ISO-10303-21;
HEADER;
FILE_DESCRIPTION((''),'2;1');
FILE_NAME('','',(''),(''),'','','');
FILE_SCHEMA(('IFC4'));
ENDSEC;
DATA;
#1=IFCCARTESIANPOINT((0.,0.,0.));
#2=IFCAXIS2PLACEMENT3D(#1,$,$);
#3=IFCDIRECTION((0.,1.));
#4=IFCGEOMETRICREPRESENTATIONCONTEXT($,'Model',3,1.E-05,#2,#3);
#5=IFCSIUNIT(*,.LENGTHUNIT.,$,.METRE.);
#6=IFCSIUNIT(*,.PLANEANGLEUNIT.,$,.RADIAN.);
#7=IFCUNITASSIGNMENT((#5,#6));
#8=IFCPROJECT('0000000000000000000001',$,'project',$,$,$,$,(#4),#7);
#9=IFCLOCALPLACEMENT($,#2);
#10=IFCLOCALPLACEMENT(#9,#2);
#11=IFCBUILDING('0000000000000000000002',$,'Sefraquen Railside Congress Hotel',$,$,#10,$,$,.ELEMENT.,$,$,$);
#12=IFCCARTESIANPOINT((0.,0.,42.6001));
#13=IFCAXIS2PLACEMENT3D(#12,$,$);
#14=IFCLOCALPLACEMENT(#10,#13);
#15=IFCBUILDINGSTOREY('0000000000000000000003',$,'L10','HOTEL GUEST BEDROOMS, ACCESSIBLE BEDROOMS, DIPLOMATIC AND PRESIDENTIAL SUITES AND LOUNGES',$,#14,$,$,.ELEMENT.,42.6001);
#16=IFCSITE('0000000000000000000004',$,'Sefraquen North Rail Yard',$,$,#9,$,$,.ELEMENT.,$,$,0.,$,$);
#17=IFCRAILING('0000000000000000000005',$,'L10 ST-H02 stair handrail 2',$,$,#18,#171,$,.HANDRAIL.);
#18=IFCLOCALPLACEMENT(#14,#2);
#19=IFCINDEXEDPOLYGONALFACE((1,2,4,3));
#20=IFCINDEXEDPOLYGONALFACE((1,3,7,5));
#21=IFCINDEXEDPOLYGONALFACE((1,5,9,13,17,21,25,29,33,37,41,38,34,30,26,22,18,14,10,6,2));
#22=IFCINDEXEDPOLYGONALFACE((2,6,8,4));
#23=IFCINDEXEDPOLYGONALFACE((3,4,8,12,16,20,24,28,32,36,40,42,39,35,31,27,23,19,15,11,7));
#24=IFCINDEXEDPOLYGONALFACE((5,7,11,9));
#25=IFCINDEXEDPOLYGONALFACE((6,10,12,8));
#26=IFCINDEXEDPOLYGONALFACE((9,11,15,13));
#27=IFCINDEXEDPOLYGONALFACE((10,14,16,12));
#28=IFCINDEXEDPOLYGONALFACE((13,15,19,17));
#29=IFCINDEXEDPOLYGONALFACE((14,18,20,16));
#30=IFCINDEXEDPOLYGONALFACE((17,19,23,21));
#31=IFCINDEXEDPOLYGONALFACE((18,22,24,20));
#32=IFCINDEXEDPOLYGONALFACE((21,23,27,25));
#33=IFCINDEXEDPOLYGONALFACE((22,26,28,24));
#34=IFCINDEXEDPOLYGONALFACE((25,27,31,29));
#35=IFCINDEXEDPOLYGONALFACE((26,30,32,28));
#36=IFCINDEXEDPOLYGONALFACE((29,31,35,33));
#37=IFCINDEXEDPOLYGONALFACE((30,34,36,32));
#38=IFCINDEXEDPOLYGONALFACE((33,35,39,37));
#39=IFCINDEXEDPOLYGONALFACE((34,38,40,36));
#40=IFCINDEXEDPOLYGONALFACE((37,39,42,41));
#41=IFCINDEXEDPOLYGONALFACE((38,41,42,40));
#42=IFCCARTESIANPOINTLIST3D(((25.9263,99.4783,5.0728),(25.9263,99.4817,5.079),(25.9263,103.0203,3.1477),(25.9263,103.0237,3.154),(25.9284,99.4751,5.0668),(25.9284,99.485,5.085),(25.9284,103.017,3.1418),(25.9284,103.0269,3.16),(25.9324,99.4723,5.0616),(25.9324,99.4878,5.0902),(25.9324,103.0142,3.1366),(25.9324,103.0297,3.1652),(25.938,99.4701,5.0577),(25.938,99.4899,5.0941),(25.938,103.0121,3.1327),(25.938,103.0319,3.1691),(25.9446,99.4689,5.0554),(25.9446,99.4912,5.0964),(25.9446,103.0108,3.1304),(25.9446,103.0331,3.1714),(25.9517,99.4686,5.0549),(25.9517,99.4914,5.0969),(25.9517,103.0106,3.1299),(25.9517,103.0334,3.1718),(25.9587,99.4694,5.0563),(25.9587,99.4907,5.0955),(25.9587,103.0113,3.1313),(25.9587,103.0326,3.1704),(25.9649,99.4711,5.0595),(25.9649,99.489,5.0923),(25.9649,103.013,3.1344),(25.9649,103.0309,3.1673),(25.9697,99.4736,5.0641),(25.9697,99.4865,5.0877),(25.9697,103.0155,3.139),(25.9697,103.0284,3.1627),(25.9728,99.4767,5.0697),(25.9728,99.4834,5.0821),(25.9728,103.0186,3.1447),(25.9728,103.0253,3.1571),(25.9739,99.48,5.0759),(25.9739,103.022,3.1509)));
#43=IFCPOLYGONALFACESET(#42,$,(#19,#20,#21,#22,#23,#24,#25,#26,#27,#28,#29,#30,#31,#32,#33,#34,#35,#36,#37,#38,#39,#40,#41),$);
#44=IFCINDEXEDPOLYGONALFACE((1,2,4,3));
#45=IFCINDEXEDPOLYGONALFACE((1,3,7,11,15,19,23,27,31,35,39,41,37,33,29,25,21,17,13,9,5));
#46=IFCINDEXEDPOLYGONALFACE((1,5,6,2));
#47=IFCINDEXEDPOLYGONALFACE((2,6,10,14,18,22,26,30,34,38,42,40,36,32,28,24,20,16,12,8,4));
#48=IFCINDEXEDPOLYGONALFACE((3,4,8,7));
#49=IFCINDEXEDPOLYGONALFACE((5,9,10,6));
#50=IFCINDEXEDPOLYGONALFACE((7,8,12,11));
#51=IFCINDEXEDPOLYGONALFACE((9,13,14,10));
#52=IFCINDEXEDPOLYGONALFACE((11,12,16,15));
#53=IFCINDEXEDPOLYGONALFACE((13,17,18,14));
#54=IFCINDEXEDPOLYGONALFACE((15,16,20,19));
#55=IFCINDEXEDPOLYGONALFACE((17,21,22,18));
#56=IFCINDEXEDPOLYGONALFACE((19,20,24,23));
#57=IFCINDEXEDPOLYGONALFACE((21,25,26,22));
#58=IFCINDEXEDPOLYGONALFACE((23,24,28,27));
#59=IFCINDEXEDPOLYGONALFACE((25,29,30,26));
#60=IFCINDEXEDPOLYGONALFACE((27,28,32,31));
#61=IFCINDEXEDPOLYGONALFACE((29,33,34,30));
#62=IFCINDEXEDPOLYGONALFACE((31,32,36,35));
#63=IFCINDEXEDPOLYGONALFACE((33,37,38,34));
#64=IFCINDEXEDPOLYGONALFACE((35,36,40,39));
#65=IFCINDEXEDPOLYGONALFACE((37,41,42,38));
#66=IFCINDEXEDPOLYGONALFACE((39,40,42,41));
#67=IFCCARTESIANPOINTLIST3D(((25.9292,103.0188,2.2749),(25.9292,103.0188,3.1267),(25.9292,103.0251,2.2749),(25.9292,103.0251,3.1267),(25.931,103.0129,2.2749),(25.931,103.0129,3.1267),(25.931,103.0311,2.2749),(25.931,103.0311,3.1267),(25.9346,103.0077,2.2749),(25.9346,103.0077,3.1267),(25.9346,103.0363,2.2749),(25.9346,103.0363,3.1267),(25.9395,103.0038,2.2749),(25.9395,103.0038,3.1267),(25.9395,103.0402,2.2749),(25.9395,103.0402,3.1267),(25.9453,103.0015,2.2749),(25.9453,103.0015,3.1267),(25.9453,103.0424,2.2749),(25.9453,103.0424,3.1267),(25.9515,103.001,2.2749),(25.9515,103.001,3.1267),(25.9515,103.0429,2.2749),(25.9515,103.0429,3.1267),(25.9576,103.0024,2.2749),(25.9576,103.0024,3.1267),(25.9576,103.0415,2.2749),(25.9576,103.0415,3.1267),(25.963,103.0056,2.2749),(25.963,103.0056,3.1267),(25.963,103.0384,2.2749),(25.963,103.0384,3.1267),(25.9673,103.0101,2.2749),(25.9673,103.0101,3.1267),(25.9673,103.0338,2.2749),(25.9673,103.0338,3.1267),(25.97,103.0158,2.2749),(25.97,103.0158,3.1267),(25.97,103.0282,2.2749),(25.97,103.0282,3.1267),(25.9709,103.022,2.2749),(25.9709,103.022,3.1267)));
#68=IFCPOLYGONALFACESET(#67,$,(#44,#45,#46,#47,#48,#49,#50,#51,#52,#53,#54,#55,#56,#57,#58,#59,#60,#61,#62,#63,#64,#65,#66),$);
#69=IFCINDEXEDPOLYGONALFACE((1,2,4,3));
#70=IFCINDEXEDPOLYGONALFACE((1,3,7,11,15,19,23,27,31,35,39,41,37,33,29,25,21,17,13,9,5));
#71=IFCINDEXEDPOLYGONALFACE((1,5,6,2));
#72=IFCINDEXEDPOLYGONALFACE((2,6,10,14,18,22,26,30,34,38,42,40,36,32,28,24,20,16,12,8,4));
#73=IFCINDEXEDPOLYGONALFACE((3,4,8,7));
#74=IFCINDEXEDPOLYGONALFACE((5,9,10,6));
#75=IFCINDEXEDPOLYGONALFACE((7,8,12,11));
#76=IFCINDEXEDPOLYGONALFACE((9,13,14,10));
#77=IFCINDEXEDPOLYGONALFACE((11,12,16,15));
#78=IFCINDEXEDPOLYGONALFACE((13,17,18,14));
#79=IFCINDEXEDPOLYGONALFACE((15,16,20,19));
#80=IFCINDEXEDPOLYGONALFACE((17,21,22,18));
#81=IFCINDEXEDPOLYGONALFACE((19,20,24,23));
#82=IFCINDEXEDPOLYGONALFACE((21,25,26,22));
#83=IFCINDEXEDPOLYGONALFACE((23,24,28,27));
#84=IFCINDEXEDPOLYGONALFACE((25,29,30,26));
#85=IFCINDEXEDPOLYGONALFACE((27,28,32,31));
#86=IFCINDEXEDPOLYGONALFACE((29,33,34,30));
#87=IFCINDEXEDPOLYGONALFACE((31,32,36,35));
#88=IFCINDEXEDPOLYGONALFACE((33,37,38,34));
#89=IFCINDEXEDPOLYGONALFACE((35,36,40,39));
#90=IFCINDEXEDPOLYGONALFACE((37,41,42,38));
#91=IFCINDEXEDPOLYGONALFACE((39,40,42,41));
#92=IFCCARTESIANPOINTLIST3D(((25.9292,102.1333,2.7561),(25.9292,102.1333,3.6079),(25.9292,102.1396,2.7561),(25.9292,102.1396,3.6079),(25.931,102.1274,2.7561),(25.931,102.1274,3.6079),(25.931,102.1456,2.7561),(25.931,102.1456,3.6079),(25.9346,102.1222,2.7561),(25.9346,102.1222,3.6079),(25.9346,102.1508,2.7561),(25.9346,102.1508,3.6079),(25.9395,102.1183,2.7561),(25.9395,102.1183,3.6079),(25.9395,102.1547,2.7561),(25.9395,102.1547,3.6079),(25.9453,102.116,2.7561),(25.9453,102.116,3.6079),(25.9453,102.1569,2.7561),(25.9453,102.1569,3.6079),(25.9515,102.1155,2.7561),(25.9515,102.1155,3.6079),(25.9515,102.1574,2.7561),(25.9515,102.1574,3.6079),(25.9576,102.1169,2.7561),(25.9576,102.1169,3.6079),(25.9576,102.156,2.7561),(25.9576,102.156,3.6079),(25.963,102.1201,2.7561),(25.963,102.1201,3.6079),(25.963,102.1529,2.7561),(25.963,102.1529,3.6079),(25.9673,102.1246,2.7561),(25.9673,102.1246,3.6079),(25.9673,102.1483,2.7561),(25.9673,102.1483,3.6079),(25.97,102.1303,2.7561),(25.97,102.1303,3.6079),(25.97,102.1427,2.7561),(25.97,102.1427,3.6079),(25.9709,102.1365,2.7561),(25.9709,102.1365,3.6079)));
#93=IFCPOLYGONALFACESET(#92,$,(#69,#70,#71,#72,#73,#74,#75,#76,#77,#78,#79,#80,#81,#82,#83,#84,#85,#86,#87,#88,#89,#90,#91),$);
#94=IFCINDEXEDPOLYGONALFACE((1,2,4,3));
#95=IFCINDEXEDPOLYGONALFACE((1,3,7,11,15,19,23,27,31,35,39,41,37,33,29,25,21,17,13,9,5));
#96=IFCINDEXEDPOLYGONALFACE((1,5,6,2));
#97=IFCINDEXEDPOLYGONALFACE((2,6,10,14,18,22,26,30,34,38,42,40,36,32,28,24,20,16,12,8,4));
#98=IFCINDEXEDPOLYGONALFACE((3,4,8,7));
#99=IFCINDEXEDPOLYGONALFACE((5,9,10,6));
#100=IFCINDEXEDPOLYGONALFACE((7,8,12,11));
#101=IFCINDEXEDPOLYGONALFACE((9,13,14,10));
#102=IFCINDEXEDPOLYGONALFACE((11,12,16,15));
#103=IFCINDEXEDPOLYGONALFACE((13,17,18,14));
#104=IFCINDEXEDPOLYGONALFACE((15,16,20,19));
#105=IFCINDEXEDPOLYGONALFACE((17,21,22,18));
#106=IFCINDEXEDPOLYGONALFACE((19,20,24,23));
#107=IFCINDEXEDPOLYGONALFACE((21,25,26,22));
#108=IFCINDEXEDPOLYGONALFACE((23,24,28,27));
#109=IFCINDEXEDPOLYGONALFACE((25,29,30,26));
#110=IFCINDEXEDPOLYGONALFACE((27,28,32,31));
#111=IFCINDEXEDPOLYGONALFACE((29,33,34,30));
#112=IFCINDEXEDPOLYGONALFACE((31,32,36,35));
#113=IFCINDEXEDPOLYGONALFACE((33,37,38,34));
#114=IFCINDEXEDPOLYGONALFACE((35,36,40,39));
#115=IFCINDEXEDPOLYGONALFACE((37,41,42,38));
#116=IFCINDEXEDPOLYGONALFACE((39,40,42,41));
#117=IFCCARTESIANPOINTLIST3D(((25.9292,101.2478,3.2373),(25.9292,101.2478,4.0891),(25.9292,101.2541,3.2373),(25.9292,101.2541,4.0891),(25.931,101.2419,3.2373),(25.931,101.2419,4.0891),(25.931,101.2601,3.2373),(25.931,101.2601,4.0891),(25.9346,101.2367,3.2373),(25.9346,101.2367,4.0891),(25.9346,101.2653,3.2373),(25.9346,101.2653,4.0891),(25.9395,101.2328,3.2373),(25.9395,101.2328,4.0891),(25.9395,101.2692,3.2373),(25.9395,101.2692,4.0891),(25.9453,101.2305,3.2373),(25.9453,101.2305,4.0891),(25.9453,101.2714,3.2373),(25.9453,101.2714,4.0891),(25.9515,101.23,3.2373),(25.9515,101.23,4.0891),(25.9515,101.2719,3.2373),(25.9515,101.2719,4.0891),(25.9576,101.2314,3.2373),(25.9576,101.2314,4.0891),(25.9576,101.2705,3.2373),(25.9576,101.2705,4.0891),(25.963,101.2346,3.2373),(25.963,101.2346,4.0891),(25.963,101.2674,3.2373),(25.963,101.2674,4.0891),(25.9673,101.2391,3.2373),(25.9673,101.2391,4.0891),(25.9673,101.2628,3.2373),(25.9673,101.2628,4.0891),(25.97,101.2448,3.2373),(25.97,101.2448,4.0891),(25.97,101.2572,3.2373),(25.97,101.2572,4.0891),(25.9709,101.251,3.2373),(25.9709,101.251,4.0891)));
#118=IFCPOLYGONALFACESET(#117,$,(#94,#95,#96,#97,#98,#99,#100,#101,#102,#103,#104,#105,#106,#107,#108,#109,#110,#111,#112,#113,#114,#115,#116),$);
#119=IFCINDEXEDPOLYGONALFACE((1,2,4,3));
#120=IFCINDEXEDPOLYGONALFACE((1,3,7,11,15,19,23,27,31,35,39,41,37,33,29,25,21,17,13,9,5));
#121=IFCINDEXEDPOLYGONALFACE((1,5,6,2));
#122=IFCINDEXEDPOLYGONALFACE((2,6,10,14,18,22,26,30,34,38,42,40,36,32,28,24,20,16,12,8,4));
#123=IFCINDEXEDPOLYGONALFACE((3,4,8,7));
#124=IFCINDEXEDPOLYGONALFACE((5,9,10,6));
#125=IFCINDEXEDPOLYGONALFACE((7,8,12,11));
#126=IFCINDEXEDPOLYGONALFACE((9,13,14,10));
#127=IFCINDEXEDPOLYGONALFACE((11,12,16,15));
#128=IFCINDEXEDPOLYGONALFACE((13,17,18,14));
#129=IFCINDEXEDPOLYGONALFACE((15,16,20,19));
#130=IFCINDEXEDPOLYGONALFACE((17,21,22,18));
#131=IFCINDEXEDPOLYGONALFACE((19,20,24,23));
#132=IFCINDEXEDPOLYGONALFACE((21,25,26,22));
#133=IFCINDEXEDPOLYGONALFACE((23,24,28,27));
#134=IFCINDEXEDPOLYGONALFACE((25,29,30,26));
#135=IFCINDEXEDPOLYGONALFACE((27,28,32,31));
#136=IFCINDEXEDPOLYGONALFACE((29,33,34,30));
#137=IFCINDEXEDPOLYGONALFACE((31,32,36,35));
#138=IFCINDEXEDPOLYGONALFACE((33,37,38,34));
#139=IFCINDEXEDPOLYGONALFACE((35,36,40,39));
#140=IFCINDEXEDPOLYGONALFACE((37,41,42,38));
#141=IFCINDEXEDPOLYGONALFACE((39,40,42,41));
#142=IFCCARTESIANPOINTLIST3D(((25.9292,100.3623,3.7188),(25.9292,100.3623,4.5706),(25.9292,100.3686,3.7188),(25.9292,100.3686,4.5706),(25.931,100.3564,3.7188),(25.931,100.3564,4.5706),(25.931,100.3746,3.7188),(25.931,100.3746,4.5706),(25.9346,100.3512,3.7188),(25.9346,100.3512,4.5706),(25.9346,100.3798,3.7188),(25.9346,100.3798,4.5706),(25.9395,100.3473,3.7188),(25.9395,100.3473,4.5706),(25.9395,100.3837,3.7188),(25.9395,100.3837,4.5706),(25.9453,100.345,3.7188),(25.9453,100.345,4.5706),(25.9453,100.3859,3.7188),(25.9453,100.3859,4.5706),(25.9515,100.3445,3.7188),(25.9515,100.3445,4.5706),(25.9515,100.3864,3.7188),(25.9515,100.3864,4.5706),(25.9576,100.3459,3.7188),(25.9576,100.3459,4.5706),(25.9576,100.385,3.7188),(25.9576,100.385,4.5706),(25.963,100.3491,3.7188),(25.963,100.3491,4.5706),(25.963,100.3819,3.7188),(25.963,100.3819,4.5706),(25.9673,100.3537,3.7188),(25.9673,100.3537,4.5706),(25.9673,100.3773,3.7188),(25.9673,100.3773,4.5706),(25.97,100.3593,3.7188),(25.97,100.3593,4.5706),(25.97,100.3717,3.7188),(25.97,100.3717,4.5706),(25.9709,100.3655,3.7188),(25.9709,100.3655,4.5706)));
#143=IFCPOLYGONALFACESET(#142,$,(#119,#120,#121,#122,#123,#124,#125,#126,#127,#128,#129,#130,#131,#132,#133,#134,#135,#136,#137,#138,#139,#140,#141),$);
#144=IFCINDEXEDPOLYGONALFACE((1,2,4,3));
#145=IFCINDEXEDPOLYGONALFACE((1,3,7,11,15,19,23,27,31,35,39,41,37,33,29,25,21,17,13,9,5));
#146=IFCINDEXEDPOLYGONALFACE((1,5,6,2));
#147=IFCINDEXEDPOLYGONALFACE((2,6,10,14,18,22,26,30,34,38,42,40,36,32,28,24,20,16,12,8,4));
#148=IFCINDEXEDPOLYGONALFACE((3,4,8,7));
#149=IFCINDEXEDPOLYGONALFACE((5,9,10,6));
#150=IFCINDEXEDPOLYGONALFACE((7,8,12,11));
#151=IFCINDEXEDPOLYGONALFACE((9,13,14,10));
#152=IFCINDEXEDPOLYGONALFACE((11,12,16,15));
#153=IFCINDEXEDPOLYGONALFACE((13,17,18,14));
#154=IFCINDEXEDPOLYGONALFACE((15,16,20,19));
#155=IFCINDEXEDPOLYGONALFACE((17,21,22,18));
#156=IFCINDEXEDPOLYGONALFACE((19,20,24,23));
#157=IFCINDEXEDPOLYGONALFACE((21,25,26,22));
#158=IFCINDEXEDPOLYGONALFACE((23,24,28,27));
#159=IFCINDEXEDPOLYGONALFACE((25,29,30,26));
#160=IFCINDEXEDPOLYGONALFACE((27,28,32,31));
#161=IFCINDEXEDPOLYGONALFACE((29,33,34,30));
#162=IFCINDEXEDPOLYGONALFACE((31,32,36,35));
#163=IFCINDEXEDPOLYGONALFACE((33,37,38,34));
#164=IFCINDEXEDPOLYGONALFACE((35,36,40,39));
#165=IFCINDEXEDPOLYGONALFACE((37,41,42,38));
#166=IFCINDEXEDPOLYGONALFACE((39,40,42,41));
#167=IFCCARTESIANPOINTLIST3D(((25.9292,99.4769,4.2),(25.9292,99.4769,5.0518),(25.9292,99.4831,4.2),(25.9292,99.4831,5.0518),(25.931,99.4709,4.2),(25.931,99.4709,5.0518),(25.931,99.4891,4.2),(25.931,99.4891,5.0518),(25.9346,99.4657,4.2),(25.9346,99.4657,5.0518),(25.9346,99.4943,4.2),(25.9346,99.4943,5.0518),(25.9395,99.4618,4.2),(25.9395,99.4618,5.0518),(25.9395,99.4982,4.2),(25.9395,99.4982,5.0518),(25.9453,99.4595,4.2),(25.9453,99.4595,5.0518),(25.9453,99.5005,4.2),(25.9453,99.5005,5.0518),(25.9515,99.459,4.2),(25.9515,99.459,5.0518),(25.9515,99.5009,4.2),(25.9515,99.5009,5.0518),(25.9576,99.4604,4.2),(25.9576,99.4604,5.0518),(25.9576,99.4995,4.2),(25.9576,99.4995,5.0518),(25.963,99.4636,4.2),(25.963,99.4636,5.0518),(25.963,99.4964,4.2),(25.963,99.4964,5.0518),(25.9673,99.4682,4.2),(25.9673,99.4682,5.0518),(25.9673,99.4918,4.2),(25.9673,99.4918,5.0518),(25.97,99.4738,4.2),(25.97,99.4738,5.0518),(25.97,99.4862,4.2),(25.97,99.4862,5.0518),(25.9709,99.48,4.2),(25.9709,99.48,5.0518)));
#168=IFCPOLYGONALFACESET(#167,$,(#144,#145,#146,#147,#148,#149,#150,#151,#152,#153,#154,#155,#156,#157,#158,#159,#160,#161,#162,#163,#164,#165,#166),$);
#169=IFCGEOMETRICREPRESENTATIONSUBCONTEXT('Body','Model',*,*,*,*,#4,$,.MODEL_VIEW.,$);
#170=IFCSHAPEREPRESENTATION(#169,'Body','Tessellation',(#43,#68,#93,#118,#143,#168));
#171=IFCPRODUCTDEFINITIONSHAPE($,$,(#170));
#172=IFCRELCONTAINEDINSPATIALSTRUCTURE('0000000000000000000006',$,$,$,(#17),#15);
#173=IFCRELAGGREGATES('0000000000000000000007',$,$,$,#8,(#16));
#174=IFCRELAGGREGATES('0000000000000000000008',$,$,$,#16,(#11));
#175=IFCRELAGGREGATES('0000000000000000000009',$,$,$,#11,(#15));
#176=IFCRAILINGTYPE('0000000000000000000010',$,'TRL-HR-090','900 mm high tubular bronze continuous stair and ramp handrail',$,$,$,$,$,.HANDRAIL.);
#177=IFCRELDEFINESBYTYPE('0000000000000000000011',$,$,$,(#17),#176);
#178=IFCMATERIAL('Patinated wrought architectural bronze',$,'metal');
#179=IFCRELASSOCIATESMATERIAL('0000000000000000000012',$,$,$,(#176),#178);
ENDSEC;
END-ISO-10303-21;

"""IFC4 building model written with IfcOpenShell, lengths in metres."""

from ifc_helpers import new_model, si_unit, direction, frame, origin, origin_2d, place, context, subcontext, project, spatial, circle, extrude, material, type_object, element, save


model = new_model("IFC4")

# Units and contexts
model_context = context("Model", 3, precision=1e-05, world=origin(), true_north=direction((0.0, 1.0)))
body_context = subcontext(model_context, "Body", "Model", "MODEL_VIEW")
ifc_project = project(units=[si_unit("LENGTHUNIT", "METRE"), si_unit("PLANEANGLEUNIT", "RADIAN")], contexts=[model_context])

# Site, building, storey
site_placement = place(None, origin())
site = spatial("IfcSite", under=ifc_project, at=site_placement, Name="Sefraquen North Rail Yard", CompositionType="ELEMENT", RefElevation=0.0)
building_placement = place(site_placement, origin())
building = spatial("IfcBuilding", under=site, at=building_placement, Name="Sefraquen Railside Congress Hotel", CompositionType="ELEMENT")
storey_placement = place(building_placement, frame((0.0, 0.0, 42.6001)))
storey = spatial("IfcBuildingStorey", under=building, at=storey_placement, Name="L10", Description="HOTEL GUEST BEDROOMS, ACCESSIBLE BEDROOMS, DIPLOMATIC AND PRESIDENTIAL SUITES AND LOUNGES", CompositionType="ELEMENT", Elevation=42.6001)

# Railing
ifc_material_1 = material(Name="Patinated wrought architectural bronze", Category="metal")
railing_type_1 = type_object("IfcRailingType", Name="TRL-HR-090", Description="900 mm high tubular bronze continuous stair and ramp handrail", PredefinedType="HANDRAIL", material=ifc_material_1)
railing_1_placement = place(storey_placement, frame((25.95, 103.022, 2.2749)))
element("IfcRailing", 1, at=railing_1_placement, inside=storey, type_object=railing_type_1, Name="L10 ST-H02 stair handrail 2", PredefinedType="HANDRAIL", context=body_context, shape_type="SweptSolid", body=[
    extrude(circle(Radius=0.0239, at=origin_2d()), frame((0.0, 0.0, 0.876), z_axis=(0.0, -0.878619, 0.477523), x_axis=(1.0, 0.0, 0.0)), (0.0, 0.0, 1.0), 4.0312),
    extrude(circle(Radius=0.021, at=origin_2d()), origin(), (0.0, 0.0, 1.0), 0.8518),
    extrude(circle(Radius=0.021, at=origin_2d()), frame((0.0, -0.8855, 0.4812)), (0.0, 0.0, 1.0), 0.8518),
    extrude(circle(Radius=0.021, at=origin_2d()), frame((0.0, -1.771, 0.9624)), (0.0, 0.0, 1.0), 0.8518),
    extrude(circle(Radius=0.021, at=origin_2d()), frame((0.0, -2.6565, 1.4438)), (0.0, 0.0, 1.0), 0.8518),
    extrude(circle(Radius=0.021, at=origin_2d()), frame((0.0, -3.542, 1.925)), (0.0, 0.0, 1.0), 0.8518),
])

save(model, "model.ifc")
